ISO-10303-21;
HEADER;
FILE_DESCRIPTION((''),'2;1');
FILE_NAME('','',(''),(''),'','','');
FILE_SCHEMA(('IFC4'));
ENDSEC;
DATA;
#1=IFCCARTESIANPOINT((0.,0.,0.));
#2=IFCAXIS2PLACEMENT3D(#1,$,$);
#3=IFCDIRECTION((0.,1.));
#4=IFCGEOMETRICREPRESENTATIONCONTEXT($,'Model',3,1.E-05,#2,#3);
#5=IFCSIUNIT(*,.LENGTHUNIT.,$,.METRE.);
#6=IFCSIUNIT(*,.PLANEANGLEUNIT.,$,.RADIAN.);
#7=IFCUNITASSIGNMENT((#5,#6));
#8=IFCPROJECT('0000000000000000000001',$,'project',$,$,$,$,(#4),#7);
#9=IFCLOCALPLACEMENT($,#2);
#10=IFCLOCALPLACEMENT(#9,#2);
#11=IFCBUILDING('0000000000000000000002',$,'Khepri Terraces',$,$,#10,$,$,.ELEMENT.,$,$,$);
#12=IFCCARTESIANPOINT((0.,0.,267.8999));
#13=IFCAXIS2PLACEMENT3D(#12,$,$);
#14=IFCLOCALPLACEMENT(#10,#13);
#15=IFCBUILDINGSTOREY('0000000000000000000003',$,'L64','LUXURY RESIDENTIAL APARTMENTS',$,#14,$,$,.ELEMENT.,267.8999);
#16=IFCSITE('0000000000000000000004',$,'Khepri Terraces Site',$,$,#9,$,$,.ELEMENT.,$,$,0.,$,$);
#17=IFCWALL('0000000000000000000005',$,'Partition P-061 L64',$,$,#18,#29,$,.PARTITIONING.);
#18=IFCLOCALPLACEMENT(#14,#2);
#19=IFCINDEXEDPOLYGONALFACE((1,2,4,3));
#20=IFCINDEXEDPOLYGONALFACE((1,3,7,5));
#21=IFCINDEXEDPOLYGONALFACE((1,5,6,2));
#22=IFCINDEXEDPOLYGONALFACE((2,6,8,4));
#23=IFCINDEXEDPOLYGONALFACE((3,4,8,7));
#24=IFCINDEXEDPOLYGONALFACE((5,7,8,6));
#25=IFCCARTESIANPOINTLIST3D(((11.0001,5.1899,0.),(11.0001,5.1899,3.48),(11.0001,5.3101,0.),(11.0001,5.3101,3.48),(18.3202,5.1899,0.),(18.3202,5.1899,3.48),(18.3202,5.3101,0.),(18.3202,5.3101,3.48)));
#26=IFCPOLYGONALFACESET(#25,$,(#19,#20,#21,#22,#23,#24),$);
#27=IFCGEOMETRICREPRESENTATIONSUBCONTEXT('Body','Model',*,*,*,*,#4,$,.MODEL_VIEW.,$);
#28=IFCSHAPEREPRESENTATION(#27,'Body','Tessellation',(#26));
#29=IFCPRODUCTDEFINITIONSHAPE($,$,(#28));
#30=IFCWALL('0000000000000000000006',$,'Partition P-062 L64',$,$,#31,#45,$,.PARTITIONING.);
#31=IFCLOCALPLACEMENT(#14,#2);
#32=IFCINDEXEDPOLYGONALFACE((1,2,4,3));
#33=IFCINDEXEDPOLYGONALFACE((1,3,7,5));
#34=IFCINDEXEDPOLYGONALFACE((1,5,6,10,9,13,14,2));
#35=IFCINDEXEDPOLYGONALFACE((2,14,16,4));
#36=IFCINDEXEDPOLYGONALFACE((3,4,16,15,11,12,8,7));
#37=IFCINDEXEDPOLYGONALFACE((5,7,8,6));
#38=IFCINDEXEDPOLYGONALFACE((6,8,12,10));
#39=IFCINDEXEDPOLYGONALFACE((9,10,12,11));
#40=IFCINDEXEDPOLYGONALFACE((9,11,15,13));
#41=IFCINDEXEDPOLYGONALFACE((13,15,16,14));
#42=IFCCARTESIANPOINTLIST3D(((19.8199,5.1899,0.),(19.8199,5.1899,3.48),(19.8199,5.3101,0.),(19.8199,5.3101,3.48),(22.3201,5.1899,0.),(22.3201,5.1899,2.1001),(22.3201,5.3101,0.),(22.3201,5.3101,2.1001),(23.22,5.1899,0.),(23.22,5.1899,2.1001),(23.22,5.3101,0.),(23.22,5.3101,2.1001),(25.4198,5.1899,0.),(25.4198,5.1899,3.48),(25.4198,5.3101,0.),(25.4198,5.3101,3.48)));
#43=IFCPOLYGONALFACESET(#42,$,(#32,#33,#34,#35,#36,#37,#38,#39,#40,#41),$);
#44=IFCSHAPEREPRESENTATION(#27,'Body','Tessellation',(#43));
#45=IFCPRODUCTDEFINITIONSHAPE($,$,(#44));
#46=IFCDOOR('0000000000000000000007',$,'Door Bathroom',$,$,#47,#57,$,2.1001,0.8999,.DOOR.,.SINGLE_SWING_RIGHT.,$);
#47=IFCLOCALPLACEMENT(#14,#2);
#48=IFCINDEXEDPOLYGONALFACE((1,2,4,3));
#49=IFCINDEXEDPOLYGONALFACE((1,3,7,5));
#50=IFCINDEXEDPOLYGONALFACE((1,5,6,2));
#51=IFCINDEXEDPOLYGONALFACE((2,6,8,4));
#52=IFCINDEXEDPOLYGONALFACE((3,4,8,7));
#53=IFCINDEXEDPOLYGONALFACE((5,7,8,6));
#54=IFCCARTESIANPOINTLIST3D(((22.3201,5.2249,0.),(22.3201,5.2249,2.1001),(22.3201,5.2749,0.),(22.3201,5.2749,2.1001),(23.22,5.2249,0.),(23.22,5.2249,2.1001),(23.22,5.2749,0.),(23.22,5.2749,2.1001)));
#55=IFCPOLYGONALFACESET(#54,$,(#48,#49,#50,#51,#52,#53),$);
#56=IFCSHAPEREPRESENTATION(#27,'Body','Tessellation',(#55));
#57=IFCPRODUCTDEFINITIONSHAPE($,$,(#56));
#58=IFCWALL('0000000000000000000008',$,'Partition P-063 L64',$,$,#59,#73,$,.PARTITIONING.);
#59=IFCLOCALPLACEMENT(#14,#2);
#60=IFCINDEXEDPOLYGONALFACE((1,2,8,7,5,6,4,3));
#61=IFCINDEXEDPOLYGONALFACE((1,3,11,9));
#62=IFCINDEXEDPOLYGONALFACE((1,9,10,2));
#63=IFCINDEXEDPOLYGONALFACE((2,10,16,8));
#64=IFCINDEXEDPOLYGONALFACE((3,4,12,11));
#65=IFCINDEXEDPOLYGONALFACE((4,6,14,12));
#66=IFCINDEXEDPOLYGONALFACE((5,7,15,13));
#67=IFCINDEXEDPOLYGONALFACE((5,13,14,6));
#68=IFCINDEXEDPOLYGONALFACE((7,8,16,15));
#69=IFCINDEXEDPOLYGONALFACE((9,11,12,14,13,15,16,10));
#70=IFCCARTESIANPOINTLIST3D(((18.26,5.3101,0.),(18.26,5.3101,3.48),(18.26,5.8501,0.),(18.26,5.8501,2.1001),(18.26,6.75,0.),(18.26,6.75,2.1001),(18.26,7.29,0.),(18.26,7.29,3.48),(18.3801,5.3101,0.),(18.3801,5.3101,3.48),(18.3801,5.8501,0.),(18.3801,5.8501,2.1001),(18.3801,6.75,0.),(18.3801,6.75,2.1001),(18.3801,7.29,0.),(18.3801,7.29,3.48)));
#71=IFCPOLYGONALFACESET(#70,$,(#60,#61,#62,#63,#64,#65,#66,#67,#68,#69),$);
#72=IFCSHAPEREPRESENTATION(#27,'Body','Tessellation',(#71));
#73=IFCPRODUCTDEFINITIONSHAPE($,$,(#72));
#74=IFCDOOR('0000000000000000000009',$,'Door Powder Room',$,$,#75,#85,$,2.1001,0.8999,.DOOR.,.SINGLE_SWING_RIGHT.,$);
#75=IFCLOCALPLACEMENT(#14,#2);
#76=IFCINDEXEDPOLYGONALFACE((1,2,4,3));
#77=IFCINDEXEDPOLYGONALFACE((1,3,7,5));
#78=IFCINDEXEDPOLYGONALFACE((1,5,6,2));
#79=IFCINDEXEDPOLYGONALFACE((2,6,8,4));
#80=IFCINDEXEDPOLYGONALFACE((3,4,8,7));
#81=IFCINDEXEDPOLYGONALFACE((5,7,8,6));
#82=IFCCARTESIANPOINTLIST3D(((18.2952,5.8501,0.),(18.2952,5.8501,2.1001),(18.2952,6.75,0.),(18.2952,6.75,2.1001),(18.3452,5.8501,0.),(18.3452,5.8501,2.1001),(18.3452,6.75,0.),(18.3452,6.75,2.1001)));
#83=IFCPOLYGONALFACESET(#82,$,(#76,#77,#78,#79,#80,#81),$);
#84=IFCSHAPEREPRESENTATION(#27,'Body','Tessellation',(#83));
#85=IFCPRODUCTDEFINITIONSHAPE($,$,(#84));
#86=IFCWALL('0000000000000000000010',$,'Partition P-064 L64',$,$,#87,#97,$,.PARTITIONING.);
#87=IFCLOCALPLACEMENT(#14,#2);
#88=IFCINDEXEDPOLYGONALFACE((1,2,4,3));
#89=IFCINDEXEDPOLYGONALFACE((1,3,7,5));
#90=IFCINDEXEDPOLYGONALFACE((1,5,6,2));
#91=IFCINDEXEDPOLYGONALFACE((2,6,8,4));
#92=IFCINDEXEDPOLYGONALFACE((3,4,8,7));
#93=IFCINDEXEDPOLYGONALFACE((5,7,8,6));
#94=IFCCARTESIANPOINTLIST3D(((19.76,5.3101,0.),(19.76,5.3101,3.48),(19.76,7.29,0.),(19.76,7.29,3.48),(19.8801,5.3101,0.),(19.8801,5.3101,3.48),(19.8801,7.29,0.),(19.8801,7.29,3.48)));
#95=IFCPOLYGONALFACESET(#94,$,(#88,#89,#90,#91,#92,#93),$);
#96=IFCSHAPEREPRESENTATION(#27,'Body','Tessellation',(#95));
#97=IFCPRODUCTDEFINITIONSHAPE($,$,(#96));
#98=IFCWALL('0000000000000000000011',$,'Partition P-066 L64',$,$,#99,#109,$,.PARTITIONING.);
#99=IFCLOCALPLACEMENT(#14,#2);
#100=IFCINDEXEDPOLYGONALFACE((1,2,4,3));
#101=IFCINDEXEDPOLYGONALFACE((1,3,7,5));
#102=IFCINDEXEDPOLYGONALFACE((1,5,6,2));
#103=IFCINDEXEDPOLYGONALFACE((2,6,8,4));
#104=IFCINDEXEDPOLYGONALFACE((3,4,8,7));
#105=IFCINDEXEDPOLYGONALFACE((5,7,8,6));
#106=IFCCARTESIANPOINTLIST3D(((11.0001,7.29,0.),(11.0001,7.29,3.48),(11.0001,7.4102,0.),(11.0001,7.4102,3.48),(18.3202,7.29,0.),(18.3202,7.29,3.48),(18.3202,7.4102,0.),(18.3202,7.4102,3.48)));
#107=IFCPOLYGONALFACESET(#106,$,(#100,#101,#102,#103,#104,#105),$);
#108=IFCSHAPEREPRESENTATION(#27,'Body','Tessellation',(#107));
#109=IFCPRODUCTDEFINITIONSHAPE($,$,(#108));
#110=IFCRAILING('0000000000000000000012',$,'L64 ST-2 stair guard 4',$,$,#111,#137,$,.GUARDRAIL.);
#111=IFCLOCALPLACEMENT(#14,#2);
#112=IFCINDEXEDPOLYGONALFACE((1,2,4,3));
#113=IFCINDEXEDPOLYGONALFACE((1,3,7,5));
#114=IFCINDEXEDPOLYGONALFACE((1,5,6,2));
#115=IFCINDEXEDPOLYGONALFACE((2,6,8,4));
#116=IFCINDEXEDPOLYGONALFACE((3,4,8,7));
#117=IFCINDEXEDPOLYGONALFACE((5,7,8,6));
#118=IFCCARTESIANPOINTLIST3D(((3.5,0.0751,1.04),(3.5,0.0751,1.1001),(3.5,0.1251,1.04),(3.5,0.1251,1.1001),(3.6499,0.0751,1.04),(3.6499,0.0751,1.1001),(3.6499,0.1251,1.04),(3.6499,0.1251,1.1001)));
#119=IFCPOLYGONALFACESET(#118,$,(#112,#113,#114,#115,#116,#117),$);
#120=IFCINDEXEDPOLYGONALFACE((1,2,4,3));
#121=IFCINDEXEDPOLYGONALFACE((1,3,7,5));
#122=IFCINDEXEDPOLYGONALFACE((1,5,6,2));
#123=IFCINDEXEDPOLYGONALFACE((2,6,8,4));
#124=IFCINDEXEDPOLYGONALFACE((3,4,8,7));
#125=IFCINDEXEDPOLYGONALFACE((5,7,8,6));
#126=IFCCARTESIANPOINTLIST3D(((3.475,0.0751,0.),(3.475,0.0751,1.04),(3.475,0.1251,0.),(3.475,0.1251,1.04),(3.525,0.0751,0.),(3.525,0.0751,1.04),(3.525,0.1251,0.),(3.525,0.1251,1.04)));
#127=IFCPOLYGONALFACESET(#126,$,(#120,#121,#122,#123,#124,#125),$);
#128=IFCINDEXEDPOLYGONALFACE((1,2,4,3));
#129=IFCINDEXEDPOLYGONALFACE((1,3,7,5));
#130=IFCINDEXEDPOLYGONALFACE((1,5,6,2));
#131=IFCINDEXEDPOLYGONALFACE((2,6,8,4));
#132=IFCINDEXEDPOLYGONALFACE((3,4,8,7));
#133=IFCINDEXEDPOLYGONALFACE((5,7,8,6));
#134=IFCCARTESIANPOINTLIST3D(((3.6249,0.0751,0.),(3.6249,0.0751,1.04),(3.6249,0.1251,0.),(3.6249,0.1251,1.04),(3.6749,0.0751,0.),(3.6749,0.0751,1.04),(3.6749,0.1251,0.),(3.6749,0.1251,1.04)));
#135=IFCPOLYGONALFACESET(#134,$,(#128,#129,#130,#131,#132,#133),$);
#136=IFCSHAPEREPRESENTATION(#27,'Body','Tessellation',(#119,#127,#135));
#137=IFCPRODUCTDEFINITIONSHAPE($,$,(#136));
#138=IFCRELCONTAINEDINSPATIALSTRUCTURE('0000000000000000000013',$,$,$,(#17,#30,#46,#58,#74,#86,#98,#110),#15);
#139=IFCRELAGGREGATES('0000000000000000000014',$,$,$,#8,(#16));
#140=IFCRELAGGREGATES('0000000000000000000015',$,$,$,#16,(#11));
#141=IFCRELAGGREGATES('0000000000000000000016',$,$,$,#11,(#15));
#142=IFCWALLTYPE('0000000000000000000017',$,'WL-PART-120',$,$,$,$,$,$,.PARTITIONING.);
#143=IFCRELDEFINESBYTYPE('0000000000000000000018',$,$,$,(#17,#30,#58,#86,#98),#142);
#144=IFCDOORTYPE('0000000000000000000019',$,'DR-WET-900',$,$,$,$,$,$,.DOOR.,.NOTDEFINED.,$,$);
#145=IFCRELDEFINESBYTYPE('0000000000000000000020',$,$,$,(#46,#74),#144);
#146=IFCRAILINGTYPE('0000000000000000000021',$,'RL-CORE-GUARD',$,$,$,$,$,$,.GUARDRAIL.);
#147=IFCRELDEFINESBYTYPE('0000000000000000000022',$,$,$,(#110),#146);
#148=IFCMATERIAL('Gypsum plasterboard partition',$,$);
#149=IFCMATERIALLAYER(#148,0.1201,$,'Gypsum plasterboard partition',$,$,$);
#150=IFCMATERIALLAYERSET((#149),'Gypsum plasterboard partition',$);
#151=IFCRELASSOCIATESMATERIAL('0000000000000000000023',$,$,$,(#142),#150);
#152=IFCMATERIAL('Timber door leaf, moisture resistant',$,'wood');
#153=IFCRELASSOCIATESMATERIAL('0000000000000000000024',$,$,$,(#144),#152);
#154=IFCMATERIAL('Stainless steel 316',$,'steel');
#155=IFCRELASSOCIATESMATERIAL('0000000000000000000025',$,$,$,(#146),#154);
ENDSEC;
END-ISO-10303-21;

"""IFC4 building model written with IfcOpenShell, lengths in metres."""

from ifc_helpers import new_model, si_unit, direction, frame, frame_2d, origin, origin_2d, place, context, subcontext, project, spatial, rectangle, extrude, material, layer, layer_set, type_object, element, fill, save


model = new_model("IFC4")

# Units and contexts
model_context = context("Model", 3, precision=1e-05, world=origin(), true_north=direction((0.0, 1.0)))
body_context = subcontext(model_context, "Body", "Model", "MODEL_VIEW")
ifc_project = project(units=[si_unit("LENGTHUNIT", "METRE"), si_unit("PLANEANGLEUNIT", "RADIAN")], contexts=[model_context])

# Site, building, storey
site_placement = place(None, origin())
site = spatial("IfcSite", under=ifc_project, at=site_placement, Name="Khepri Terraces Site", CompositionType="ELEMENT", RefElevation=0.0)
building_placement = place(site_placement, origin())
building = spatial("IfcBuilding", under=site, at=building_placement, Name="Khepri Terraces", CompositionType="ELEMENT")
storey_placement = place(building_placement, frame((0.0, 0.0, 267.8999)))
storey = spatial("IfcBuildingStorey", under=building, at=storey_placement, Name="L64", Description="LUXURY RESIDENTIAL APARTMENTS", CompositionType="ELEMENT", Elevation=267.8999)

# Shared definitions
ifc_material_1 = material(Name="Gypsum plasterboard partition")
ifc_layer_1 = layer(ifc_material_1, 0.1201, Name="Gypsum plasterboard partition")
ifc_layer_set_1 = layer_set([ifc_layer_1], Name="Gypsum plasterboard partition")
wall_type_1 = type_object("IfcWallType", Name="WL-PART-120", PredefinedType="PARTITIONING", material=ifc_layer_set_1)

# Wall
wall_1_placement = place(storey_placement, frame((11.0, 5.25, 0.0), z_axis=(0.0, 0.0, 1.0), x_axis=(1.0, 0.0, 0.0)))
element("IfcWall", 1, at=wall_1_placement, inside=storey, type_object=wall_type_1, Name="Partition P-061 L64", PredefinedType="PARTITIONING", context=body_context, shape_type="SweptSolid", body=[
    extrude(rectangle(XDim=7.3201, YDim=0.1201, at=frame_2d((3.6602, 0.0))), origin(), (0.0, 0.0, 1.0), 3.48),
])

# Walls, openings, doors
wall_2_placement = place(storey_placement, frame((19.8201, 5.25, 0.0), z_axis=(0.0, 0.0, 1.0), x_axis=(1.0, 0.0, 0.0)))
wall_2 = element("IfcWall", 2, at=wall_2_placement, inside=storey, type_object=wall_type_1, Name="Partition P-062 L64", PredefinedType="PARTITIONING", context=body_context, shape_type="SweptSolid", body=[
    extrude(rectangle(XDim=5.5999, YDim=0.1201, at=frame_2d((2.7998, 0.0))), origin(), (0.0, 0.0, 1.0), 3.48),
])
opening_1_placement = place(wall_2_placement, frame((2.5, 0.0, 0.0)))
opening_1 = element("IfcOpeningElement", 3, at=opening_1_placement, cuts=wall_2, PredefinedType="OPENING", context=body_context, shape_type="SweptSolid", body=[
    extrude(rectangle(XDim=0.8999, YDim=2.1001, at=frame_2d((0.45, 1.05))), frame((0.0, 0.0701, 0.0), z_axis=(0.0, -1.0, 0.0), x_axis=(1.0, 0.0, 0.0)), (0.0, 0.0, 1.0), 0.1401),
])
ifc_material_2 = material(Name="Timber door leaf, moisture resistant", Category="wood")
door_type_1 = type_object("IfcDoorType", Name="DR-WET-900", OperationType="NOTDEFINED", PredefinedType="DOOR", material=ifc_material_2)
door_1_placement = place(opening_1_placement, origin())
door_1 = element("IfcDoor", 4, at=door_1_placement, inside=storey, type_object=door_type_1, Name="Door Bathroom", OperationType="SINGLE_SWING_RIGHT", OverallHeight=2.1001, OverallWidth=0.8999, PredefinedType="DOOR", context=body_context, shape_type="SweptSolid", body=[
    extrude(rectangle(XDim=0.8999, YDim=2.1001, at=frame_2d((0.45, 1.05))), frame((0.0, 0.0249, 0.0), z_axis=(0.0, -1.0, 0.0), x_axis=(1.0, 0.0, 0.0)), (0.0, 0.0, 1.0), 0.05),
])
fill(opening_1, door_1)
wall_3_placement = place(storey_placement, frame((18.3201, 5.3101, 0.0), z_axis=(0.0, 0.0, 1.0), x_axis=(0.0, 1.0, 0.0)))
wall_3 = element("IfcWall", 5, at=wall_3_placement, inside=storey, type_object=wall_type_1, Name="Partition P-063 L64", PredefinedType="PARTITIONING", context=body_context, shape_type="SweptSolid", body=[
    extrude(rectangle(XDim=1.98, YDim=0.1201, at=frame_2d((0.99, 0.0))), origin(), (0.0, 0.0, 1.0), 3.48),
])
opening_2_placement = place(wall_3_placement, frame((0.54, 0.0, 0.0)))
opening_2 = element("IfcOpeningElement", 6, at=opening_2_placement, cuts=wall_3, PredefinedType="OPENING", context=body_context, shape_type="SweptSolid", body=[
    extrude(rectangle(XDim=0.8999, YDim=2.1001, at=frame_2d((0.45, 1.05))), frame((0.0, 0.0701, 0.0), z_axis=(0.0, -1.0, 0.0), x_axis=(1.0, 0.0, 0.0)), (0.0, 0.0, 1.0), 0.1401),
])
door_2_placement = place(opening_2_placement, origin())
door_2 = element("IfcDoor", 7, at=door_2_placement, inside=storey, type_object=door_type_1, Name="Door Powder Room", OperationType="SINGLE_SWING_RIGHT", OverallHeight=2.1001, OverallWidth=0.8999, PredefinedType="DOOR", context=body_context, shape_type="SweptSolid", body=[
    extrude(rectangle(XDim=0.8999, YDim=2.1001, at=frame_2d((0.45, 1.05))), frame((0.0, 0.0249, 0.0), z_axis=(0.0, -1.0, 0.0), x_axis=(1.0, 0.0, 0.0)), (0.0, 0.0, 1.0), 0.05),
])
fill(opening_2, door_2)

# Walls
wall_4_placement = place(storey_placement, frame((19.8201, 5.3101, 0.0), z_axis=(0.0, 0.0, 1.0), x_axis=(0.0, 1.0, 0.0)))
element("IfcWall", 8, at=wall_4_placement, inside=storey, type_object=wall_type_1, Name="Partition P-064 L64", PredefinedType="PARTITIONING", context=body_context, shape_type="SweptSolid", body=[
    extrude(rectangle(XDim=1.98, YDim=0.1201, at=frame_2d((0.99, 0.0))), origin(), (0.0, 0.0, 1.0), 3.48),
])
wall_5_placement = place(storey_placement, frame((11.0, 7.3501, 0.0), z_axis=(0.0, 0.0, 1.0), x_axis=(1.0, 0.0, 0.0)))
element("IfcWall", 9, at=wall_5_placement, inside=storey, type_object=wall_type_1, Name="Partition P-066 L64", PredefinedType="PARTITIONING", context=body_context, shape_type="SweptSolid", body=[
    extrude(rectangle(XDim=7.3201, YDim=0.1201, at=frame_2d((3.6602, 0.0))), origin(), (0.0, 0.0, 1.0), 3.48),
])

# Railing
ifc_material_3 = material(Name="Stainless steel 316", Category="steel")
railing_type = type_object("IfcRailingType", Name="RL-CORE-GUARD", PredefinedType="GUARDRAIL", material=ifc_material_3)
railing_placement = place(storey_placement, frame((3.5, 0.1001, 0.0)))
element("IfcRailing", 10, at=railing_placement, inside=storey, type_object=railing_type, Name="L64 ST-2 stair guard 4", PredefinedType="GUARDRAIL", context=body_context, shape_type="SweptSolid", body=[
    extrude(rectangle(XDim=0.05, YDim=0.0601, at=origin_2d()), frame((0.0, 0.0, 1.0701), z_axis=(1.0, 0.0, 0.0), x_axis=(0.0, 1.0, 0.0)), (0.0, 0.0, 1.0), 0.1499),
    extrude(rectangle(XDim=0.05, YDim=0.05, at=origin_2d()), origin(), (0.0, 0.0, 1.0), 1.04),
    extrude(rectangle(XDim=0.05, YDim=0.05, at=origin_2d()), frame((0.1499, 0.0, 0.0)), (0.0, 0.0, 1.0), 1.04),
])

save(model, "model.ifc")
